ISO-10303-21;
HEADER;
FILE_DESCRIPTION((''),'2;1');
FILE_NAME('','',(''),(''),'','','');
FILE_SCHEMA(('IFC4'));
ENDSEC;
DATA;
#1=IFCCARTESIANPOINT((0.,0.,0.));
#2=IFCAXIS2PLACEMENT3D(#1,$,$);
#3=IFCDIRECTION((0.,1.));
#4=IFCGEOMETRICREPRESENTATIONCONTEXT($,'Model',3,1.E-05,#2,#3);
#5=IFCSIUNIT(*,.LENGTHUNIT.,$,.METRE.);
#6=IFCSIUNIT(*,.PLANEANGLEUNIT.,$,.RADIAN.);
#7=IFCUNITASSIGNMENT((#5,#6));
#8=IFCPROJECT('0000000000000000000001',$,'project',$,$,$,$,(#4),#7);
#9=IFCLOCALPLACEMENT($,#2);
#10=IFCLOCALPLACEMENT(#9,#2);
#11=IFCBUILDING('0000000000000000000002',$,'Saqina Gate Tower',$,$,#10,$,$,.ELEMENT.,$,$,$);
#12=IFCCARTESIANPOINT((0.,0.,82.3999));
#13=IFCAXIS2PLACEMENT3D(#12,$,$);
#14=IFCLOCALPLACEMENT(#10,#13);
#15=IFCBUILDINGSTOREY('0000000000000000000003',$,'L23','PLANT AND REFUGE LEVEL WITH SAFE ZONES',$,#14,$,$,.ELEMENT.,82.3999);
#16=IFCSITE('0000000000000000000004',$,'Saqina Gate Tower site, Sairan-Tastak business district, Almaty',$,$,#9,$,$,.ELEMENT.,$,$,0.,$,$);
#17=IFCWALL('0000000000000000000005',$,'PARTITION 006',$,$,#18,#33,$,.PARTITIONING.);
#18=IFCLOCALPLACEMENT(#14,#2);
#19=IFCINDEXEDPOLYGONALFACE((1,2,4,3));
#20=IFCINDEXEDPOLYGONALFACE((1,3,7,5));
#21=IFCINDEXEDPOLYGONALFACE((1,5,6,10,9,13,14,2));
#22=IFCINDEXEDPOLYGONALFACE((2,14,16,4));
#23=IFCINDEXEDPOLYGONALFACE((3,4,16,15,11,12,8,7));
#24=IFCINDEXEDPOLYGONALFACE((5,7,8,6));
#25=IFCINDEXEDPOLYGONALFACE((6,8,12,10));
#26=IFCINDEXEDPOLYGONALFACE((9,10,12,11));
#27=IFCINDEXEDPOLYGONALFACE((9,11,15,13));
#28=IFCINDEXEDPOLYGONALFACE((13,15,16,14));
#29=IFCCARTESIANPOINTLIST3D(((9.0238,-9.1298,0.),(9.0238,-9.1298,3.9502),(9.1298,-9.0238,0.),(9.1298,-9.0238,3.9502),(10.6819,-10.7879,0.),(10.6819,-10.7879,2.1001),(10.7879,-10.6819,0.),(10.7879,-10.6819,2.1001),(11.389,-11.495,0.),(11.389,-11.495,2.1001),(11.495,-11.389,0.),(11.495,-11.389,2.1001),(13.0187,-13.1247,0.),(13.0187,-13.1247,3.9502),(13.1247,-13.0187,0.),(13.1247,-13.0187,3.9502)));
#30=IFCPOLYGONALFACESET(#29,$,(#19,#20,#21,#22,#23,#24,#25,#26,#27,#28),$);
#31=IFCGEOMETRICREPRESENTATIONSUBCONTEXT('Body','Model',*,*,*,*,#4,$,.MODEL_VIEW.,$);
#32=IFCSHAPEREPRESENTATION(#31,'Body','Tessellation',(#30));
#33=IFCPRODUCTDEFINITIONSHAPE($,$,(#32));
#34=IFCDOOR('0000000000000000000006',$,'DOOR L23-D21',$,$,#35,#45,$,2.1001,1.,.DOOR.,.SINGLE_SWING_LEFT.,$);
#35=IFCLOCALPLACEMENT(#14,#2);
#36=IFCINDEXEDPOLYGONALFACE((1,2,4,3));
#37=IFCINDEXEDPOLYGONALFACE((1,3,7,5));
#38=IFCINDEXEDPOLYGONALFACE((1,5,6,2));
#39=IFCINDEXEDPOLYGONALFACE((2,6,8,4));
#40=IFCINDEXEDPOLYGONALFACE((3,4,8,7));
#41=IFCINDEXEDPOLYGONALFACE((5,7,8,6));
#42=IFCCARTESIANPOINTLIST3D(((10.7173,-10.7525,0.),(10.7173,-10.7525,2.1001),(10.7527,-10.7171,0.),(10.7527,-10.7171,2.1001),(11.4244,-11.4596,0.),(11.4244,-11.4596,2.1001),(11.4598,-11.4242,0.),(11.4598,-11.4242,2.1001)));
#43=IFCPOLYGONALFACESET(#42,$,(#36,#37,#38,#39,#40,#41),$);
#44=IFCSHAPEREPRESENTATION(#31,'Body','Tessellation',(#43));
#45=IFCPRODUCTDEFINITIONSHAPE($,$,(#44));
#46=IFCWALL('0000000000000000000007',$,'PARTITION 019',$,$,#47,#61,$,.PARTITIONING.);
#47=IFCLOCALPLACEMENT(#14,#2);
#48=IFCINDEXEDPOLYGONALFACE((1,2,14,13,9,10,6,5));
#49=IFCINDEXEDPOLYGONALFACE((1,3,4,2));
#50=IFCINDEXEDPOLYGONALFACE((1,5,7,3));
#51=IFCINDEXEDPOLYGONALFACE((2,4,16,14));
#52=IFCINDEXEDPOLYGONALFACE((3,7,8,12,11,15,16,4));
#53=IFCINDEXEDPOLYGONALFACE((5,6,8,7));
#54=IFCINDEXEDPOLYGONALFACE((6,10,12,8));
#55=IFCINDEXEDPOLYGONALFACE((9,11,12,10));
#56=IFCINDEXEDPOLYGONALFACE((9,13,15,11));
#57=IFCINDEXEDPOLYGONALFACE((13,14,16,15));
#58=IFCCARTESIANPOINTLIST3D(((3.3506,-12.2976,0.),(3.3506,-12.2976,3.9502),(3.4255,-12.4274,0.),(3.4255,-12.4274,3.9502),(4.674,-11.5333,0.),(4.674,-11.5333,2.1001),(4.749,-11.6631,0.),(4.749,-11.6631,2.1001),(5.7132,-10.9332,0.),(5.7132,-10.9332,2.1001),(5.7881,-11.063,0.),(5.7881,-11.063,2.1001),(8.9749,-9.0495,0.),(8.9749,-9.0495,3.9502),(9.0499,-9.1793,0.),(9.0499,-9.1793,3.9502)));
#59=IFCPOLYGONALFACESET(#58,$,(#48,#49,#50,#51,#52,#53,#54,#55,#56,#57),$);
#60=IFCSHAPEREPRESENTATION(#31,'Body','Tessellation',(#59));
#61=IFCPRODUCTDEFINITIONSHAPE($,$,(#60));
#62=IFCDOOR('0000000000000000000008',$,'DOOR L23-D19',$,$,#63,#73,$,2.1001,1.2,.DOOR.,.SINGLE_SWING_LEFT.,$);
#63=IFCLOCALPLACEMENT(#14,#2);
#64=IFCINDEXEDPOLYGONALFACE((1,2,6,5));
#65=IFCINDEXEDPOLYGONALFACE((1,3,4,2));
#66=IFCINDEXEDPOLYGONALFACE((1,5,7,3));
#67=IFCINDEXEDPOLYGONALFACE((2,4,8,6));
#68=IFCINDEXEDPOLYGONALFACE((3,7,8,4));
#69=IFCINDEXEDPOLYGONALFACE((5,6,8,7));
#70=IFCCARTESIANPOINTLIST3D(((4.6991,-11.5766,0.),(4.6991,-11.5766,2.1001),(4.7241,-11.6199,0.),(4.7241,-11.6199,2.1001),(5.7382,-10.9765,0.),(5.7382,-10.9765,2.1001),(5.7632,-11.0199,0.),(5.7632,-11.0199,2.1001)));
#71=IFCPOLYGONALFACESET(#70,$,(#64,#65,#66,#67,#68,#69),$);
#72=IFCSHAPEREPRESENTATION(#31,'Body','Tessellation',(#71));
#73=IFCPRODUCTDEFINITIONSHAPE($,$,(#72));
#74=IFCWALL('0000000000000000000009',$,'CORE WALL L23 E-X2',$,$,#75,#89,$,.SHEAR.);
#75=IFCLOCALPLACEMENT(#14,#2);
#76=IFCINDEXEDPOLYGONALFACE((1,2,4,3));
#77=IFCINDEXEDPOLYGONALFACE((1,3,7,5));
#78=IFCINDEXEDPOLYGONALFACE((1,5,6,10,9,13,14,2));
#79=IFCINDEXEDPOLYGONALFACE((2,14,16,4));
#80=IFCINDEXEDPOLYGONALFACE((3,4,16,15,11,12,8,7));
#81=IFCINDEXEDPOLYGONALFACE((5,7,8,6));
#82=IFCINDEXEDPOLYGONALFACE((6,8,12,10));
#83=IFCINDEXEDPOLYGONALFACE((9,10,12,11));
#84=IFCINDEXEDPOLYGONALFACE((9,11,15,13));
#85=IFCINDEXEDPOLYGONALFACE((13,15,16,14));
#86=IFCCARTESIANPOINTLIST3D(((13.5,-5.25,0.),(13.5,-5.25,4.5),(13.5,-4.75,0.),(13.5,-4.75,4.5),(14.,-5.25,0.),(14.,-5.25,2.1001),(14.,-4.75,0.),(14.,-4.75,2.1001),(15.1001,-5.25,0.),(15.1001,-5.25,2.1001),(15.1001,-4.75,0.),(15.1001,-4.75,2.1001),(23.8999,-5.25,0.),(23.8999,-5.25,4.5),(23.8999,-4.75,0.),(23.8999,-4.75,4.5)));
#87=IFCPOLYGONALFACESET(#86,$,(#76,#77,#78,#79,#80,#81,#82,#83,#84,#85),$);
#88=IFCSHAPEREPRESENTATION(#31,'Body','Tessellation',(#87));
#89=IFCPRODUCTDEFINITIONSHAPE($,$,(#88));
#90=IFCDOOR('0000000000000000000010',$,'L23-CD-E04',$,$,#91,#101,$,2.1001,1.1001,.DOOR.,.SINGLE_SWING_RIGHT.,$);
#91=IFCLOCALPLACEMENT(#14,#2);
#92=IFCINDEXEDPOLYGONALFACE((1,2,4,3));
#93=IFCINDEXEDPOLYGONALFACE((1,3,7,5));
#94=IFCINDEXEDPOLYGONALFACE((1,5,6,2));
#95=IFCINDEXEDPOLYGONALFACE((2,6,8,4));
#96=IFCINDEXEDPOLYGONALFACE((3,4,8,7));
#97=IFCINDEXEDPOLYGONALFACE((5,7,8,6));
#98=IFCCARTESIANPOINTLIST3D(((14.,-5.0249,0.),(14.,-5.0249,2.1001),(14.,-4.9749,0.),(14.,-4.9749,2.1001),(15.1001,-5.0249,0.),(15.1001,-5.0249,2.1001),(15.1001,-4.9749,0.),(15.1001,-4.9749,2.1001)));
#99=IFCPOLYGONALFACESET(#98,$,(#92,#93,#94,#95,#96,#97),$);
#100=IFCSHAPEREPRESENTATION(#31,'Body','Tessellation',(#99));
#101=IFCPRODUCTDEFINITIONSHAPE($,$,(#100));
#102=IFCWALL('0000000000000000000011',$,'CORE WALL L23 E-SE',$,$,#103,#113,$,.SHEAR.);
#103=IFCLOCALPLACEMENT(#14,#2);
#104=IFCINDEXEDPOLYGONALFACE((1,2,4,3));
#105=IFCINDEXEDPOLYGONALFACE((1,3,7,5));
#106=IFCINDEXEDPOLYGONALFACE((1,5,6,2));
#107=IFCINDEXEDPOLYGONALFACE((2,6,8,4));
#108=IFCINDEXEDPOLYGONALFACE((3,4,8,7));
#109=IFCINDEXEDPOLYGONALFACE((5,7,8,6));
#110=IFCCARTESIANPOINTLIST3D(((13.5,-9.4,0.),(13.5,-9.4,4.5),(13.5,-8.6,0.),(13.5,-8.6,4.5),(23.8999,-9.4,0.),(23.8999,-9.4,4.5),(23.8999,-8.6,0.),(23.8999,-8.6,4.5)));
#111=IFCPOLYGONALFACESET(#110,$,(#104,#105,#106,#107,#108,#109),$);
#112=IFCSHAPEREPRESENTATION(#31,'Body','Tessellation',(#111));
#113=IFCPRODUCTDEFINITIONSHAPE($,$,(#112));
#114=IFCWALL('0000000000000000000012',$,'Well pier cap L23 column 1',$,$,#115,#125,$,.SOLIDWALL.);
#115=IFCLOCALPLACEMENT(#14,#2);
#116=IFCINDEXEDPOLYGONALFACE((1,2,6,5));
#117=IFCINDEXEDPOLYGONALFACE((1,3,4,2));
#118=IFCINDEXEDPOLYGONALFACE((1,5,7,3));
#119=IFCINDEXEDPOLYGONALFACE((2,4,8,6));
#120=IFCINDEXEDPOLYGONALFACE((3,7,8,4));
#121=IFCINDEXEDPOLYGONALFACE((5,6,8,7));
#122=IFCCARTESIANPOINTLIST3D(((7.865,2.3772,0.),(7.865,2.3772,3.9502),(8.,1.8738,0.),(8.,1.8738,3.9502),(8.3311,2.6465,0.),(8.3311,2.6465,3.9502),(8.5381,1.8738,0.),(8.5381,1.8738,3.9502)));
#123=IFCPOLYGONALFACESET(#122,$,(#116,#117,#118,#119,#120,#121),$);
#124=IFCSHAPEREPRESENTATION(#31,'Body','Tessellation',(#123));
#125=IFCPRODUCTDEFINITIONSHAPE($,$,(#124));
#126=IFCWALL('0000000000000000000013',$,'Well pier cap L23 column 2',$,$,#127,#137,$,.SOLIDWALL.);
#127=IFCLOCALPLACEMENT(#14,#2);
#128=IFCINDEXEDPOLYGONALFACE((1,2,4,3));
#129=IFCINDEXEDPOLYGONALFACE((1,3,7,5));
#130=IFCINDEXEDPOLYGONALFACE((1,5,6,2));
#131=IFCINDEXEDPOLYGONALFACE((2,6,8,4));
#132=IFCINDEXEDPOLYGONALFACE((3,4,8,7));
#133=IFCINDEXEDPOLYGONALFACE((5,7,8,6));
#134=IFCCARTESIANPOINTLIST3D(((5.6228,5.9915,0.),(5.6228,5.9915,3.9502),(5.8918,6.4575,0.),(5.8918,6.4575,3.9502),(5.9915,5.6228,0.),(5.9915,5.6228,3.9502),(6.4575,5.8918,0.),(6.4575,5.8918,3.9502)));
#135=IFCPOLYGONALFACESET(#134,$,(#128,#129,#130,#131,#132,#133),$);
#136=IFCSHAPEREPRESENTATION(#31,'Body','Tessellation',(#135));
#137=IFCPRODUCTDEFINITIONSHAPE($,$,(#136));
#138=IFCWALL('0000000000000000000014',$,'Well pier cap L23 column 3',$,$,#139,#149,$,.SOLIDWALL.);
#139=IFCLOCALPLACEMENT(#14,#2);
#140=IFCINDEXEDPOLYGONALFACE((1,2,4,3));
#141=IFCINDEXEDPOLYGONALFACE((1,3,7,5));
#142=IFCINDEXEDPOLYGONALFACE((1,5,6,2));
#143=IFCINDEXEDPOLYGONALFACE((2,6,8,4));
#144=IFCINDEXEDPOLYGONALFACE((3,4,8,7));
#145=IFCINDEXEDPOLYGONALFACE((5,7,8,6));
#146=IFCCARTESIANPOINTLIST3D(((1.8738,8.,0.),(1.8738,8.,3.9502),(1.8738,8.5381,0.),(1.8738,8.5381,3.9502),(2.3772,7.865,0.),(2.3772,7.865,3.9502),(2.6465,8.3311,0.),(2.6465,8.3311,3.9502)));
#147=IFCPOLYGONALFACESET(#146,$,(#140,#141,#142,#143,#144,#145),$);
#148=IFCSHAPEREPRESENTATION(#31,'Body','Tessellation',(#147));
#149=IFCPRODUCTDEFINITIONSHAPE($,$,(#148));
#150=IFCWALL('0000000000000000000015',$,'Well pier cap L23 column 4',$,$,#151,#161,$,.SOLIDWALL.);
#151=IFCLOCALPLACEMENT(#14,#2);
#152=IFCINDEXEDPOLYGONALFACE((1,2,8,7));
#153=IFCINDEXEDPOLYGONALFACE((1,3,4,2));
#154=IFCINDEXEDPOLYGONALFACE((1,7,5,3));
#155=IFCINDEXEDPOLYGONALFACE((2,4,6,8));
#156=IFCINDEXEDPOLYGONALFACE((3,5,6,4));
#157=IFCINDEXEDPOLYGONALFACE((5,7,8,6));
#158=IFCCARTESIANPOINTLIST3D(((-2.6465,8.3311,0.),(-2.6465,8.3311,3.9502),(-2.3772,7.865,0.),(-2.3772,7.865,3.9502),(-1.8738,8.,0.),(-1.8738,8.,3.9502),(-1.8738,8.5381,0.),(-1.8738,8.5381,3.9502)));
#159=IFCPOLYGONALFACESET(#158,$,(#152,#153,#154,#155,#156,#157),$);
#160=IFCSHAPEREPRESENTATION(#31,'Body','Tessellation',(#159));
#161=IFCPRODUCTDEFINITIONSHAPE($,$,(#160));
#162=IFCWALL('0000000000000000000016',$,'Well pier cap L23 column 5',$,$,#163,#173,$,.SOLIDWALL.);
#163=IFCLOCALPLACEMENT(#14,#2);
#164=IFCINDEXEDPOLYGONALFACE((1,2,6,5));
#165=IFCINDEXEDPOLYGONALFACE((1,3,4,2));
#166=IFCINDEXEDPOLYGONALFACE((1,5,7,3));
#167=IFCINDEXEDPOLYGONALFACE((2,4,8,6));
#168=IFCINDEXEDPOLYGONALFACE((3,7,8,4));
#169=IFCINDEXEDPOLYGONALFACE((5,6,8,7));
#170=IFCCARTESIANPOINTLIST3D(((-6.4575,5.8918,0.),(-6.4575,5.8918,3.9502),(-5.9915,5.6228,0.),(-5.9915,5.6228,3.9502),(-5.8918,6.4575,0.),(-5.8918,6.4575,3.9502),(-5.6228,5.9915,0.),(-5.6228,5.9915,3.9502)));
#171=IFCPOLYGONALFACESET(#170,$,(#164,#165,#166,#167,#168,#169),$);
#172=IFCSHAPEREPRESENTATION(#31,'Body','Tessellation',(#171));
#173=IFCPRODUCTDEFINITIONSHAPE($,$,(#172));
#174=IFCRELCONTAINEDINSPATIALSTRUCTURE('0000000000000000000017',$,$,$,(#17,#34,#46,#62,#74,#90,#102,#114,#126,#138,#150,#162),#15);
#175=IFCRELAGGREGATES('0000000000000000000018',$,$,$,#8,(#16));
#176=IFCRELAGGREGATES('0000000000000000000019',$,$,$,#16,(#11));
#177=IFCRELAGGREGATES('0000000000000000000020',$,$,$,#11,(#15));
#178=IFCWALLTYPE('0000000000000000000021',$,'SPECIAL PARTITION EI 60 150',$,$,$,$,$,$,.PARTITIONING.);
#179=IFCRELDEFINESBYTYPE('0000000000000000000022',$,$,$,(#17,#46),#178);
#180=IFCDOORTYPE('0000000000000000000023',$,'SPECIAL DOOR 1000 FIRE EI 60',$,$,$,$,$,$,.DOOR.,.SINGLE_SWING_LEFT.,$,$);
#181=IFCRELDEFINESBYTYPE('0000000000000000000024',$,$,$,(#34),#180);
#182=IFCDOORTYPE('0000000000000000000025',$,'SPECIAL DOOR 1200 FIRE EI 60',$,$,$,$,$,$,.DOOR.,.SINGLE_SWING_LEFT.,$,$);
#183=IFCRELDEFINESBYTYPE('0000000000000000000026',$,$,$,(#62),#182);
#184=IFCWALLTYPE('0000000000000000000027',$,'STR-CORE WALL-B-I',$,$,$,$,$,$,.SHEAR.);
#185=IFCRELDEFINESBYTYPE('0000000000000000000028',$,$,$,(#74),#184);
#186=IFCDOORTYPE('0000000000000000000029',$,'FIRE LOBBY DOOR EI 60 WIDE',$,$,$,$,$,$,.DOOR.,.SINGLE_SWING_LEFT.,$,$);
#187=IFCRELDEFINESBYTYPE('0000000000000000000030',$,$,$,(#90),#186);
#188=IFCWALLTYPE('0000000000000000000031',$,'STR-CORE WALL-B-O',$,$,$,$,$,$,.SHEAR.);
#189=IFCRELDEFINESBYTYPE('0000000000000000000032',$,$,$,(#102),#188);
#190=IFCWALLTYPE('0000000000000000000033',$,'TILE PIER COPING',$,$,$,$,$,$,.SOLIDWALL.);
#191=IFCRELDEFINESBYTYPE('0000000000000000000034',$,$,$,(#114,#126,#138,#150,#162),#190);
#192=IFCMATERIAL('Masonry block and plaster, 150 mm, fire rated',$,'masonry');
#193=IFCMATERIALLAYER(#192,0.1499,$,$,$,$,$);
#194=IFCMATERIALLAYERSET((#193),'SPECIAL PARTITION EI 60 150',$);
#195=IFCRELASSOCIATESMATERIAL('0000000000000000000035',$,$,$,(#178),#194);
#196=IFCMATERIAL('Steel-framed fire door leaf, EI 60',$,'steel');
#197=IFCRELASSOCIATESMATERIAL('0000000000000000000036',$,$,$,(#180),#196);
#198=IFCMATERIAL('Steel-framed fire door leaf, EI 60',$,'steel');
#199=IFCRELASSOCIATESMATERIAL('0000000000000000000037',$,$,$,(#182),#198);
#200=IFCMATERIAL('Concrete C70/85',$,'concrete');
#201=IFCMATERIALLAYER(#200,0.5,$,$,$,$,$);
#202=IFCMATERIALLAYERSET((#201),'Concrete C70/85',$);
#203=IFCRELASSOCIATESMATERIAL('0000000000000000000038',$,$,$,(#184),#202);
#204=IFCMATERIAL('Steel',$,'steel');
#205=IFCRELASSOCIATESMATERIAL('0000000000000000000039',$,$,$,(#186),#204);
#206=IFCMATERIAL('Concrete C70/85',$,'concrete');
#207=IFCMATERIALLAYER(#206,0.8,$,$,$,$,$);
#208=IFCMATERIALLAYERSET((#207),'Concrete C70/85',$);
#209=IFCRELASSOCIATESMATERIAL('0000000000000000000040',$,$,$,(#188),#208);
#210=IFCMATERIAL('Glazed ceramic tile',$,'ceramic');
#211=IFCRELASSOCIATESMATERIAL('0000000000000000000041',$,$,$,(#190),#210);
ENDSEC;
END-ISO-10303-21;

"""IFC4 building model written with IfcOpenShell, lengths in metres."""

from ifc_helpers import new_model, si_unit, direction, frame, frame_2d, origin, place, context, subcontext, project, spatial, polyline, rectangle, outline, extrude, material, layer, layer_set, type_object, element, fill, save


model = new_model("IFC4")

# Units and contexts
model_context = context("Model", 3, precision=1e-05, world=origin(), true_north=direction((0.0, 1.0)))
body_context = subcontext(model_context, "Body", "Model", "MODEL_VIEW")
ifc_project = project(units=[si_unit("LENGTHUNIT", "METRE"), si_unit("PLANEANGLEUNIT", "RADIAN")], contexts=[model_context])

# Site, building, storey
site_placement = place(None, origin())
site = spatial("IfcSite", under=ifc_project, at=site_placement, Name="Saqina Gate Tower site, Sairan-Tastak business district, Almaty", CompositionType="ELEMENT", RefElevation=0.0)
building_placement = place(site_placement, origin())
building = spatial("IfcBuilding", under=site, at=building_placement, Name="Saqina Gate Tower", CompositionType="ELEMENT")
storey_placement = place(building_placement, frame((0.0, 0.0, 82.3999)))
storey = spatial("IfcBuildingStorey", under=building, at=storey_placement, Name="L23", Description="PLANT AND REFUGE LEVEL WITH SAFE ZONES", CompositionType="ELEMENT", Elevation=82.3999)

# Shared definitions
ifc_material_1 = material(Name="Masonry block and plaster, 150 mm, fire rated", Category="masonry")
ifc_layer_1 = layer(ifc_material_1, 0.1499)
ifc_layer_set_1 = layer_set([ifc_layer_1], Name="SPECIAL PARTITION EI 60 150")
wall_type_1 = type_object("IfcWallType", Name="SPECIAL PARTITION EI 60 150", PredefinedType="PARTITIONING", material=ifc_layer_set_1)

# Walls, openings, doors
wall_1_placement = place(storey_placement, frame((9.0769, -9.0769, 0.0), z_axis=(0.0, 0.0, 1.0), x_axis=(0.707107, -0.707107, 0.0)))
wall_1 = element("IfcWall", 1, at=wall_1_placement, inside=storey, type_object=wall_type_1, Name="PARTITION 006", PredefinedType="PARTITIONING", context=body_context, shape_type="SweptSolid", body=[
    extrude(rectangle(XDim=5.6497, YDim=0.1499, at=frame_2d((2.8247, 0.0))), origin(), (0.0, 0.0, 1.0), 3.9502),
])
opening_1_placement = place(wall_1_placement, frame((2.3447, 0.0, 0.0)))
opening_1 = element("IfcOpeningElement", 2, at=opening_1_placement, cuts=wall_1, PredefinedType="OPENING", context=body_context, shape_type="SweptSolid", body=[
    extrude(rectangle(XDim=1.0, YDim=2.1001, at=frame_2d((0.5, 1.05))), frame((0.0, 0.0869, 0.0), z_axis=(0.0, -1.0, 0.0), x_axis=(1.0, 0.0, 0.0)), (0.0, 0.0, 1.0), 0.1738),
])
ifc_material_2 = material(Name="Steel-framed fire door leaf, EI 60", Category="steel")
door_type_1 = type_object("IfcDoorType", Name="SPECIAL DOOR 1000 FIRE EI 60", OperationType="SINGLE_SWING_LEFT", PredefinedType="DOOR", material=ifc_material_2)
door_1_placement = place(opening_1_placement, frame((1.0, 0.0, 0.0), z_axis=(0.0, 0.0, 1.0), x_axis=(-1.0, 0.0, 0.0)))
door_1 = element("IfcDoor", 3, at=door_1_placement, inside=storey, type_object=door_type_1, Name="DOOR L23-D21", OperationType="SINGLE_SWING_LEFT", OverallHeight=2.1001, OverallWidth=1.0, PredefinedType="DOOR", context=body_context, shape_type="SweptSolid", body=[
    extrude(rectangle(XDim=1.0, YDim=2.1001, at=frame_2d((0.5, 1.05))), frame((0.0, 0.0249, 0.0), z_axis=(0.0, -1.0, 0.0), x_axis=(1.0, 0.0, 0.0)), (0.0, 0.0, 1.0), 0.05),
])
fill(opening_1, door_1)
wall_2_placement = place(storey_placement, frame((3.3879, -12.3625, 0.0), z_axis=(0.0, 0.0, 1.0), x_axis=(0.865967, 0.500101, 0.0)))
wall_2 = element("IfcWall", 4, at=wall_2_placement, inside=storey, type_object=wall_type_1, Name="PARTITION 019", PredefinedType="PARTITIONING", context=body_context, shape_type="SweptSolid", body=[
    extrude(rectangle(XDim=6.4949, YDim=0.1499, at=frame_2d((3.2476, 0.0))), origin(), (0.0, 0.0, 1.0), 3.9502),
])
opening_2_placement = place(wall_2_placement, frame((1.5283, 0.0, 0.0)))
opening_2 = element("IfcOpeningElement", 5, at=opening_2_placement, cuts=wall_2, PredefinedType="OPENING", context=body_context, shape_type="SweptSolid", body=[
    extrude(rectangle(XDim=1.2, YDim=2.1001, at=frame_2d((0.6001, 1.05))), frame((0.0, 0.0869, 0.0), z_axis=(0.0, -1.0, 0.0), x_axis=(1.0, 0.0, 0.0)), (0.0, 0.0, 1.0), 0.1738),
])
ifc_material_3 = material(Name="Steel-framed fire door leaf, EI 60", Category="steel")
door_type_2 = type_object("IfcDoorType", Name="SPECIAL DOOR 1200 FIRE EI 60", OperationType="SINGLE_SWING_LEFT", PredefinedType="DOOR", material=ifc_material_3)
door_2_placement = place(opening_2_placement, origin())
door_2 = element("IfcDoor", 6, at=door_2_placement, inside=storey, type_object=door_type_2, Name="DOOR L23-D19", OperationType="SINGLE_SWING_LEFT", OverallHeight=2.1001, OverallWidth=1.2, PredefinedType="DOOR", context=body_context, shape_type="SweptSolid", body=[
    extrude(rectangle(XDim=1.2, YDim=2.1001, at=frame_2d((0.6001, 1.05))), frame((0.0, 0.0249, 0.0), z_axis=(0.0, -1.0, 0.0), x_axis=(1.0, 0.0, 0.0)), (0.0, 0.0, 1.0), 0.05),
])
fill(opening_2, door_2)
ifc_material_4 = material(Name="Concrete C70/85", Category="concrete")
ifc_layer_2 = layer(ifc_material_4, 0.5)
ifc_layer_set_2 = layer_set([ifc_layer_2], Name="Concrete C70/85")
wall_type_2 = type_object("IfcWallType", Name="STR-CORE WALL-B-I", PredefinedType="SHEAR", material=ifc_layer_set_2)
wall_3_placement = place(storey_placement, frame((13.5, -5.0, 0.0), z_axis=(0.0, 0.0, 1.0), x_axis=(1.0, 0.0, 0.0)))
wall_3 = element("IfcWall", 7, at=wall_3_placement, inside=storey, type_object=wall_type_2, Name="CORE WALL L23 E-X2", PredefinedType="SHEAR", context=body_context, shape_type="SweptSolid", body=[
    extrude(rectangle(XDim=10.3999, YDim=0.5, at=frame_2d((5.2, 0.0))), origin(), (0.0, 0.0, 1.0), 4.5),
])
opening_3_placement = place(wall_3_placement, frame((0.5, 0.0, 0.0)))
opening_3 = element("IfcOpeningElement", 8, at=opening_3_placement, cuts=wall_3, PredefinedType="OPENING", context=body_context, shape_type="SweptSolid", body=[
    extrude(rectangle(XDim=1.1001, YDim=2.1001, at=frame_2d((0.55, 1.05))), frame((0.0, 0.262, 0.0), z_axis=(0.0, -1.0, 0.0), x_axis=(1.0, 0.0, 0.0)), (0.0, 0.0, 1.0), 0.5239),
])
ifc_material_5 = material(Name="Steel", Category="steel")
door_type_3 = type_object("IfcDoorType", Name="FIRE LOBBY DOOR EI 60 WIDE", OperationType="SINGLE_SWING_LEFT", PredefinedType="DOOR", material=ifc_material_5)
door_3_placement = place(opening_3_placement, frame((1.1001, 0.0, 0.0), z_axis=(0.0, 0.0, 1.0), x_axis=(-1.0, 0.0, 0.0)))
door_3 = element("IfcDoor", 9, at=door_3_placement, inside=storey, type_object=door_type_3, Name="L23-CD-E04", OperationType="SINGLE_SWING_RIGHT", OverallHeight=2.1001, OverallWidth=1.1001, PredefinedType="DOOR", context=body_context, shape_type="SweptSolid", body=[
    extrude(rectangle(XDim=1.1001, YDim=2.1001, at=frame_2d((0.55, 1.05))), frame((0.0, 0.0249, 0.0), z_axis=(0.0, -1.0, 0.0), x_axis=(1.0, 0.0, 0.0)), (0.0, 0.0, 1.0), 0.05),
])
fill(opening_3, door_3)

# Shared definitions
ifc_material_6 = material(Name="Concrete C70/85", Category="concrete")
ifc_layer_3 = layer(ifc_material_6, 0.8)
ifc_layer_set_3 = layer_set([ifc_layer_3], Name="Concrete C70/85")
wall_type_3 = type_object("IfcWallType", Name="STR-CORE WALL-B-O", PredefinedType="SHEAR", material=ifc_layer_set_3)

# Walls
wall_4_placement = place(storey_placement, frame((13.5, -9.0, 0.0), z_axis=(0.0, 0.0, 1.0), x_axis=(1.0, 0.0, 0.0)))
element("IfcWall", 10, at=wall_4_placement, inside=storey, type_object=wall_type_3, Name="CORE WALL L23 E-SE", PredefinedType="SHEAR", context=body_context, shape_type="SweptSolid", body=[
    extrude(rectangle(XDim=10.3999, YDim=0.8, at=frame_2d((5.2, 0.0))), origin(), (0.0, 0.0, 1.0), 4.5),
])
ifc_material_7 = material(Name="Glazed ceramic tile", Category="ceramic")
wall_type_4 = type_object("IfcWallType", Name="TILE PIER COPING", PredefinedType="SOLIDWALL", material=ifc_material_7)
wall_5_placement = place(storey_placement, origin())
element("IfcWall", 11, at=wall_5_placement, inside=storey, type_object=wall_type_4, Name="Well pier cap L23 column 1", PredefinedType="SOLIDWALL", context=body_context, shape_type="SweptSolid", body=[
    extrude(outline(polyline([(8.3311, 2.6465), (7.865, 2.3772), (8.0, 1.8738), (8.5381, 1.8738), (8.3311, 2.6465)])), origin(), (0.0, 0.0, 1.0), 3.9502),
])
wall_6_placement = place(storey_placement, origin())
element("IfcWall", 12, at=wall_6_placement, inside=storey, type_object=wall_type_4, Name="Well pier cap L23 column 2", PredefinedType="SOLIDWALL", context=body_context, shape_type="SweptSolid", body=[
    extrude(outline(polyline([(5.8918, 6.4575), (5.6228, 5.9915), (5.9915, 5.6228), (6.4575, 5.8918), (5.8918, 6.4575)])), origin(), (0.0, 0.0, 1.0), 3.9502),
])
wall_7_placement = place(storey_placement, origin())
element("IfcWall", 13, at=wall_7_placement, inside=storey, type_object=wall_type_4, Name="Well pier cap L23 column 3", PredefinedType="SOLIDWALL", context=body_context, shape_type="SweptSolid", body=[
    extrude(outline(polyline([(1.8738, 8.5381), (1.8738, 8.0), (2.3772, 7.865), (2.6465, 8.3311), (1.8738, 8.5381)])), origin(), (0.0, 0.0, 1.0), 3.9502),
])
wall_8_placement = place(storey_placement, origin())
element("IfcWall", 14, at=wall_8_placement, inside=storey, type_object=wall_type_4, Name="Well pier cap L23 column 4", PredefinedType="SOLIDWALL", context=body_context, shape_type="SweptSolid", body=[
    extrude(outline(polyline([(-2.6465, 8.3311), (-2.3772, 7.865), (-1.8738, 8.0), (-1.8738, 8.5381), (-2.6465, 8.3311)])), origin(), (0.0, 0.0, 1.0), 3.9502),
])
wall_9_placement = place(storey_placement, origin())
element("IfcWall", 15, at=wall_9_placement, inside=storey, type_object=wall_type_4, Name="Well pier cap L23 column 5", PredefinedType="SOLIDWALL", context=body_context, shape_type="SweptSolid", body=[
    extrude(outline(polyline([(-6.4575, 5.8918), (-5.9915, 5.6228), (-5.6228, 5.9915), (-5.8918, 6.4575), (-6.4575, 5.8918)])), origin(), (0.0, 0.0, 1.0), 3.9502),
])

save(model, "model.ifc")
